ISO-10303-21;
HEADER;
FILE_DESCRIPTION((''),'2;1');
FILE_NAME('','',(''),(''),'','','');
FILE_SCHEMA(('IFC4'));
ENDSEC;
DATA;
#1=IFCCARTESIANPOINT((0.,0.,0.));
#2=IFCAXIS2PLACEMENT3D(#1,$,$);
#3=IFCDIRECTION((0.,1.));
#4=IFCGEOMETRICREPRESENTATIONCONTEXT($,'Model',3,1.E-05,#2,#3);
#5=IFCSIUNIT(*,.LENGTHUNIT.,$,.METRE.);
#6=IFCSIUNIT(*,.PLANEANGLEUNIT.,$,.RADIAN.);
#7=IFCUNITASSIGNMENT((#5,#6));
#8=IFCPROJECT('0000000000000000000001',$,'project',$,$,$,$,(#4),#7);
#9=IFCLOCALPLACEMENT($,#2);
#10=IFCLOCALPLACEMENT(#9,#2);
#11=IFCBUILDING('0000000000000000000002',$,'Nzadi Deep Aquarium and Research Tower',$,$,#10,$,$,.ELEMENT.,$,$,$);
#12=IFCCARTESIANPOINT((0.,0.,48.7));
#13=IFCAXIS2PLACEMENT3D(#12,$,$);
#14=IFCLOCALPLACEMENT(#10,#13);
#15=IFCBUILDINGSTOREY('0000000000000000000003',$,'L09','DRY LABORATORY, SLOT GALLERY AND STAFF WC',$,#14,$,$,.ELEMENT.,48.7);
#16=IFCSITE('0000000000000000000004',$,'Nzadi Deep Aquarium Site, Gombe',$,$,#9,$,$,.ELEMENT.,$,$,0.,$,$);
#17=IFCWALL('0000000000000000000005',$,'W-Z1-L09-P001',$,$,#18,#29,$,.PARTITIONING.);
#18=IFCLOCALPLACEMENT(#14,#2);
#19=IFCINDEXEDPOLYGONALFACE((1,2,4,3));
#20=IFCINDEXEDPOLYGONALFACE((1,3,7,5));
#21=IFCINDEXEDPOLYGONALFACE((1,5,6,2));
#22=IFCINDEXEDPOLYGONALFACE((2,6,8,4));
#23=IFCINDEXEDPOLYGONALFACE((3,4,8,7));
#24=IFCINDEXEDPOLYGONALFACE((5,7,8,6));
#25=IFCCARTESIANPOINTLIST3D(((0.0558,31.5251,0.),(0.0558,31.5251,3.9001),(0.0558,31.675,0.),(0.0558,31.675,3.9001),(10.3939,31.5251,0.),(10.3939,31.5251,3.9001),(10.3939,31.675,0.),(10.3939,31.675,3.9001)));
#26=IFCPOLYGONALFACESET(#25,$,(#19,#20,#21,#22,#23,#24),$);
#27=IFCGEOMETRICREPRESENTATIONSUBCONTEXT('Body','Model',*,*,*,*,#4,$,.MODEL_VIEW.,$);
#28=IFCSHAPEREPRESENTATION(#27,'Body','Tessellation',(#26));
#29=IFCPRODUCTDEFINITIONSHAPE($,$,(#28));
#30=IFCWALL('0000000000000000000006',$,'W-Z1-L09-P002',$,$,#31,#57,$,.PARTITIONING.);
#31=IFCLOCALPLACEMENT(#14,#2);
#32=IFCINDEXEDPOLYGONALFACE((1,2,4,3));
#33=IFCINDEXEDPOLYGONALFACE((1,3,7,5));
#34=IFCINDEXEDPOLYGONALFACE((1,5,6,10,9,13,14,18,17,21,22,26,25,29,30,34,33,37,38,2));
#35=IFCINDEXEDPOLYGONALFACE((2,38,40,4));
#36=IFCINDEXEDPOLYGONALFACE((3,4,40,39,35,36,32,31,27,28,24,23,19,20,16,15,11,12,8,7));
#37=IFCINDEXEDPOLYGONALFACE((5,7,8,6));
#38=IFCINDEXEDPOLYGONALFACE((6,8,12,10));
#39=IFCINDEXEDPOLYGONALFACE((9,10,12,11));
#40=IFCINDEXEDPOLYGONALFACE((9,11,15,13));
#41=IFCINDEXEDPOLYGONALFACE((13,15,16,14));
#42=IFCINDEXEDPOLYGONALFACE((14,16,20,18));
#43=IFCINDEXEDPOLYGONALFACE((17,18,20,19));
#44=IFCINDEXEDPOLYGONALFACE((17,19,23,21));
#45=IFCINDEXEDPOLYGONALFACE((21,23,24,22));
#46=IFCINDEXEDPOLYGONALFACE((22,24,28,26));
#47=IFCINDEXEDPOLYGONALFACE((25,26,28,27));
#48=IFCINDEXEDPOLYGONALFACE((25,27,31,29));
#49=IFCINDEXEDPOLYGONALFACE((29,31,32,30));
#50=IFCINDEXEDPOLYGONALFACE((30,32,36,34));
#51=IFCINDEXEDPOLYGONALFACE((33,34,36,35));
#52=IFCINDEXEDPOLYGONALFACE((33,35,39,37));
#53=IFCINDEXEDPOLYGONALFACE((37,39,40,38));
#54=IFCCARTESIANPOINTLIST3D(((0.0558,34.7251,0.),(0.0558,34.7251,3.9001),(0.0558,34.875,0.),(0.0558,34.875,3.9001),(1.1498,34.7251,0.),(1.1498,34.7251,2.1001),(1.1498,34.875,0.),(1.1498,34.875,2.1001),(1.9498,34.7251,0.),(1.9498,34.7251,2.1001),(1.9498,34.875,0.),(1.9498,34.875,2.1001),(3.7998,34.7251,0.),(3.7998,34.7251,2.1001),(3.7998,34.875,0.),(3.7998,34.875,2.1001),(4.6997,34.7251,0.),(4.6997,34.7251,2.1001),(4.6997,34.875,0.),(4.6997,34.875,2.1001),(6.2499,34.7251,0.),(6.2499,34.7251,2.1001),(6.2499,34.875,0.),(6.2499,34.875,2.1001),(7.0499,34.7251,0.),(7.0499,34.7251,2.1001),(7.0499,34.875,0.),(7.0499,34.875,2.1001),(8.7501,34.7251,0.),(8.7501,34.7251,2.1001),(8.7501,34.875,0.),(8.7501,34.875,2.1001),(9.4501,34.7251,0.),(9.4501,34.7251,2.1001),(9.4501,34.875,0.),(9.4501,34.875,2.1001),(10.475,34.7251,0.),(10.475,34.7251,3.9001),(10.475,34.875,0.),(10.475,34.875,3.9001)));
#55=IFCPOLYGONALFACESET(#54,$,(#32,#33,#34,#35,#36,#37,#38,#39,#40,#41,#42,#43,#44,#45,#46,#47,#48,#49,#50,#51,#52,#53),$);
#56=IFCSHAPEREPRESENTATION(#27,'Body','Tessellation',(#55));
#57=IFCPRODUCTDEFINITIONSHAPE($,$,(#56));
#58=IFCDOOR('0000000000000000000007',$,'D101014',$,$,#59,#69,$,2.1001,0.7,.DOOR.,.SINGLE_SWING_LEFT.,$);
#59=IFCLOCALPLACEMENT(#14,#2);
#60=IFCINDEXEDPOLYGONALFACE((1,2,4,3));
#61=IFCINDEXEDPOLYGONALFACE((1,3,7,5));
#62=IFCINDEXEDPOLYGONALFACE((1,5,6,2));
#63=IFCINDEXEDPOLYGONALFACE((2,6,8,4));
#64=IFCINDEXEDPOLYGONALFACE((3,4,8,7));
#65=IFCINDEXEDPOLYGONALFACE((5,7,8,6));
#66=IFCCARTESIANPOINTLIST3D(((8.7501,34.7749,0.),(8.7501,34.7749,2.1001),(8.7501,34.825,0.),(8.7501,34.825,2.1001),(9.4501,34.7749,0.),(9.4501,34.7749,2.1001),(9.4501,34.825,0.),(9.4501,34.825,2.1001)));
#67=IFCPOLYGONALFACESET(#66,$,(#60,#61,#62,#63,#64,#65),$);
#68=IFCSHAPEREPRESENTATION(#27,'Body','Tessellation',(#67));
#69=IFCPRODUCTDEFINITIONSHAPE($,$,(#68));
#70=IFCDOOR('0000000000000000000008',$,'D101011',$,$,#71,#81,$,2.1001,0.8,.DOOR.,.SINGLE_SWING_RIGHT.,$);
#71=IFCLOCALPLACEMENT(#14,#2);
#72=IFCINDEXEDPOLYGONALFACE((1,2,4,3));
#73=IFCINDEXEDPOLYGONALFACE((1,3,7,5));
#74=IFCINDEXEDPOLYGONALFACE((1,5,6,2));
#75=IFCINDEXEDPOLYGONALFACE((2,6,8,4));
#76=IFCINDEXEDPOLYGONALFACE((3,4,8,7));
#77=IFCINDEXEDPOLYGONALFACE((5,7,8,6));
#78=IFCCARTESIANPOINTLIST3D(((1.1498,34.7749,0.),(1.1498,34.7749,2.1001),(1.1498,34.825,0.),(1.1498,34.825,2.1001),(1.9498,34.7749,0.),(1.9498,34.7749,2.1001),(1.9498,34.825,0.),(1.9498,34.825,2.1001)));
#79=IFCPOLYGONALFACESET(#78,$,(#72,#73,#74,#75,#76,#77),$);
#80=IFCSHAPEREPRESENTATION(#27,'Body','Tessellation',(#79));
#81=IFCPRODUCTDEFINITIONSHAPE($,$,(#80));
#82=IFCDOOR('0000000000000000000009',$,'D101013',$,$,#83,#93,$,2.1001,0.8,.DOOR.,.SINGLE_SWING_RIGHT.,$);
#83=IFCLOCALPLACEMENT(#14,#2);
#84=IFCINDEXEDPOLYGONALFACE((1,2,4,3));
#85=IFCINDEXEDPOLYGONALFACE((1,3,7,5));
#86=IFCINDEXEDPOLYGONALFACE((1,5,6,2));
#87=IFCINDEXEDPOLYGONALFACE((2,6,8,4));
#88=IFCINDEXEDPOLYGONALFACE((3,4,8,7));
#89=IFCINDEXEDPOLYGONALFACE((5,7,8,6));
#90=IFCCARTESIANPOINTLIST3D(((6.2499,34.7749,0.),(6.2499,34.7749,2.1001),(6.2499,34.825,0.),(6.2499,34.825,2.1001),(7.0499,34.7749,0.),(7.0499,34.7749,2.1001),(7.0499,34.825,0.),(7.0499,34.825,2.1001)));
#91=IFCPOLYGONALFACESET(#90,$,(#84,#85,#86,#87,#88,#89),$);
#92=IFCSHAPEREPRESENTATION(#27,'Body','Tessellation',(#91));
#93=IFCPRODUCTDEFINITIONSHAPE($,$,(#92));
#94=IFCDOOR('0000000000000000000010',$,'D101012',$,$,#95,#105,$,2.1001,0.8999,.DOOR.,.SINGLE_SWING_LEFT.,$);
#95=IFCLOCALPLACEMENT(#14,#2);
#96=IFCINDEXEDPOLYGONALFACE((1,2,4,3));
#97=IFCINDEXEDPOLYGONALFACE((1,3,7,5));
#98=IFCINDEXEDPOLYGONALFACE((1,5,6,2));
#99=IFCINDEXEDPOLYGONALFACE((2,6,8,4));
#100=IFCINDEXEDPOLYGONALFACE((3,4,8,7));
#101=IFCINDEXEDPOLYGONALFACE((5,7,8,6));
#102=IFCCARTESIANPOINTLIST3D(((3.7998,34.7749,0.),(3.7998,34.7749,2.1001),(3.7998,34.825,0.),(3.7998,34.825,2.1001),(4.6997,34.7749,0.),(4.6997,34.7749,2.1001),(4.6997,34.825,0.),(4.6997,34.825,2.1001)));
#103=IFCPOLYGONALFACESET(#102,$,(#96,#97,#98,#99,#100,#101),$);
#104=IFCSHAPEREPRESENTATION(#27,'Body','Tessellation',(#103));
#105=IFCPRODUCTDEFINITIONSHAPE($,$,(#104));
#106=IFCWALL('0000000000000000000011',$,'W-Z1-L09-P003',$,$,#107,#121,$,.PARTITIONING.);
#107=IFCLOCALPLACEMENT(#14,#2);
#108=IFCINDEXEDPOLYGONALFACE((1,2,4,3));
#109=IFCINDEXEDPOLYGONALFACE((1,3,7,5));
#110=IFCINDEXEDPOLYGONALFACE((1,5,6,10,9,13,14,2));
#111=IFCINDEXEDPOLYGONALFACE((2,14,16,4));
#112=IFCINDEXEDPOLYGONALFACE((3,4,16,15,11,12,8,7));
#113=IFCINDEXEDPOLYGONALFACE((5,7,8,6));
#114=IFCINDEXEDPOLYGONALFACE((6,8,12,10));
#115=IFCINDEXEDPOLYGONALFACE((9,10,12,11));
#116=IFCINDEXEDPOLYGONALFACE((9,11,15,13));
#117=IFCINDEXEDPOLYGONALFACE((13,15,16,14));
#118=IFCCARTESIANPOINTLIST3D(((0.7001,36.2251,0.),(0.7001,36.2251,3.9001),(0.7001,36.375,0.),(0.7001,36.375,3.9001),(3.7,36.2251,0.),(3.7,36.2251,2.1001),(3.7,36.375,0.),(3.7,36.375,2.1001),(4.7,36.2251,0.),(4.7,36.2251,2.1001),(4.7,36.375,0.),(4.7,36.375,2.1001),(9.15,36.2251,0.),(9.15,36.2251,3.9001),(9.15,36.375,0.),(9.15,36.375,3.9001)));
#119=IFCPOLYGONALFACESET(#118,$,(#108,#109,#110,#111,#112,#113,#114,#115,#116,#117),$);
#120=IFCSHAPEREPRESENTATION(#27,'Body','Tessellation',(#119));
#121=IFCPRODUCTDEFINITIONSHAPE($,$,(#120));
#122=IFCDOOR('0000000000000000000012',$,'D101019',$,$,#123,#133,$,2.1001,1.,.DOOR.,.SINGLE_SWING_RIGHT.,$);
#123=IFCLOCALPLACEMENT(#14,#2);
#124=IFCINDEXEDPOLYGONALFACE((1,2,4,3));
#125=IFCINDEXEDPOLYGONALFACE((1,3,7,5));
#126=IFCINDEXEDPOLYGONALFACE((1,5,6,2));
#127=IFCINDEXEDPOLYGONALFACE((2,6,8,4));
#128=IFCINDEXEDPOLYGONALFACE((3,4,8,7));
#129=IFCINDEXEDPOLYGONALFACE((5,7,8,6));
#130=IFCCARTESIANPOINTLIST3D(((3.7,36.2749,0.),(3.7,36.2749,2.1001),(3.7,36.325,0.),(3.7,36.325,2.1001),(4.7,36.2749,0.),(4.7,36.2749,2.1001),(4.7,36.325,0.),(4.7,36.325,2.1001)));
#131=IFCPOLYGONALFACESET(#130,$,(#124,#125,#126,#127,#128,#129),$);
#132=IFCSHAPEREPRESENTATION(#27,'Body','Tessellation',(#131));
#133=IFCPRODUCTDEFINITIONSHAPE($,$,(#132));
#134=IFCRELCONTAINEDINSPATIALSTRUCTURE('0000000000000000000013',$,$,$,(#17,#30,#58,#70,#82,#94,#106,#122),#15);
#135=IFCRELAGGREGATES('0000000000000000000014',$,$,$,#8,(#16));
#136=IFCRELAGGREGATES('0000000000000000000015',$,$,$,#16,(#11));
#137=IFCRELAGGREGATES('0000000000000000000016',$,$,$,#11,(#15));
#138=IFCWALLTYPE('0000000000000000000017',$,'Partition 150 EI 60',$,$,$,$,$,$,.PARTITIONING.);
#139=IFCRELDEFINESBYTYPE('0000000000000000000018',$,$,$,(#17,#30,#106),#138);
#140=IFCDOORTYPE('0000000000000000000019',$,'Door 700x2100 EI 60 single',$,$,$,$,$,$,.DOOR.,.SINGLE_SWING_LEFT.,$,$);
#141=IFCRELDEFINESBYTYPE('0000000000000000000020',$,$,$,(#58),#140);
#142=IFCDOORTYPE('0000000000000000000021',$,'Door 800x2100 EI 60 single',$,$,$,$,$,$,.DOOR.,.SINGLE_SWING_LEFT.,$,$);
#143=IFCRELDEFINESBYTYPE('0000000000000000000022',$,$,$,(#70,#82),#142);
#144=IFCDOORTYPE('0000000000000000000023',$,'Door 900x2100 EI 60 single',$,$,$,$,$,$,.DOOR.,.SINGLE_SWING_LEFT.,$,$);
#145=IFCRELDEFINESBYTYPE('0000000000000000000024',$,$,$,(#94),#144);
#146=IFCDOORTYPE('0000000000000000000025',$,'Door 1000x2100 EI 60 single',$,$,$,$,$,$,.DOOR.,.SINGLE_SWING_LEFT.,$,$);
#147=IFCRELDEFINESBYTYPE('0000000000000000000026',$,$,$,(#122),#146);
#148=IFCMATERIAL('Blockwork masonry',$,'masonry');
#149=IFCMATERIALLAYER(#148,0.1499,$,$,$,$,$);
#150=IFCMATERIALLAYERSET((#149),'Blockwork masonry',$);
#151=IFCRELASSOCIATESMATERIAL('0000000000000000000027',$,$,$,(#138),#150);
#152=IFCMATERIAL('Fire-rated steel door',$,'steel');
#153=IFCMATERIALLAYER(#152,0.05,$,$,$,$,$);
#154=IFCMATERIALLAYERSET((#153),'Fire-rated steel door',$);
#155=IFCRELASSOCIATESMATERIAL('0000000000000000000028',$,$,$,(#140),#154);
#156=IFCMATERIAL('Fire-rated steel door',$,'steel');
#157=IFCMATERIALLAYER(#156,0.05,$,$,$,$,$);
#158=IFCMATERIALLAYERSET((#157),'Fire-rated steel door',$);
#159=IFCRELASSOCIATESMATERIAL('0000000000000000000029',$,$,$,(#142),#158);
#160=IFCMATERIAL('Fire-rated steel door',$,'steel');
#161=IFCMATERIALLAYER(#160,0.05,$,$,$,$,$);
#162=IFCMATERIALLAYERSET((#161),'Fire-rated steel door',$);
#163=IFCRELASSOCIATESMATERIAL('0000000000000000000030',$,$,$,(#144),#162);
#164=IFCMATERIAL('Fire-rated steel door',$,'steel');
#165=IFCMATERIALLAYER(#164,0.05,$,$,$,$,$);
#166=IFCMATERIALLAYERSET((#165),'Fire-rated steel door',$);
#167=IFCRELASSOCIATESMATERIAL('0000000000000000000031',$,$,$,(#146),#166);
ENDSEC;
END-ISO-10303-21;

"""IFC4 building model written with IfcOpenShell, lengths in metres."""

from ifc_helpers import new_model, si_unit, direction, frame, frame_2d, origin, place, context, subcontext, project, spatial, rectangle, extrude, material, layer, layer_set, type_object, element, fill, save


model = new_model("IFC4")

# Units and contexts
model_context = context("Model", 3, precision=1e-05, world=origin(), true_north=direction((0.0, 1.0)))
body_context = subcontext(model_context, "Body", "Model", "MODEL_VIEW")
ifc_project = project(units=[si_unit("LENGTHUNIT", "METRE"), si_unit("PLANEANGLEUNIT", "RADIAN")], contexts=[model_context])

# Site, building, storey
site_placement = place(None, origin())
site = spatial("IfcSite", under=ifc_project, at=site_placement, Name="Nzadi Deep Aquarium Site, Gombe", CompositionType="ELEMENT", RefElevation=0.0)
building_placement = place(site_placement, origin())
building = spatial("IfcBuilding", under=site, at=building_placement, Name="Nzadi Deep Aquarium and Research Tower", CompositionType="ELEMENT")
storey_placement = place(building_placement, frame((0.0, 0.0, 48.7)))
storey = spatial("IfcBuildingStorey", under=building, at=storey_placement, Name="L09", Description="DRY LABORATORY, SLOT GALLERY AND STAFF WC", CompositionType="ELEMENT", Elevation=48.7)

# Wall
ifc_material_1 = material(Name="Blockwork masonry", Category="masonry")
ifc_layer_1 = layer(ifc_material_1, 0.1499)
ifc_layer_set_1 = layer_set([ifc_layer_1], Name="Blockwork masonry")
wall_type_1 = type_object("IfcWallType", Name="Partition 150 EI 60", PredefinedType="PARTITIONING", material=ifc_layer_set_1)
wall_1_placement = place(storey_placement, frame((0.0559, 31.6001, 0.0), z_axis=(0.0, 0.0, 1.0), x_axis=(1.0, 0.0, 0.0)))
element("IfcWall", 1, at=wall_1_placement, inside=storey, type_object=wall_type_1, Name="W-Z1-L09-P001", PredefinedType="PARTITIONING", context=body_context, shape_type="SweptSolid", body=[
    extrude(rectangle(XDim=10.3381, YDim=0.1499, at=frame_2d((5.1689, 0.0))), origin(), (0.0, 0.0, 1.0), 3.9001),
])

# Wall, openings, doors
wall_2_placement = place(storey_placement, frame((0.0559, 34.8, 0.0), z_axis=(0.0, 0.0, 1.0), x_axis=(1.0, 0.0, 0.0)))
wall_2 = element("IfcWall", 2, at=wall_2_placement, inside=storey, type_object=wall_type_1, Name="W-Z1-L09-P002", PredefinedType="PARTITIONING", context=body_context, shape_type="SweptSolid", body=[
    extrude(rectangle(XDim=10.4192, YDim=0.1499, at=frame_2d((5.2095, 0.0))), origin(), (0.0, 0.0, 1.0), 3.9001),
])
opening_1_placement = place(wall_2_placement, frame((1.094, 0.0, 0.0)))
opening_1 = element("IfcOpeningElement", 3, at=opening_1_placement, cuts=wall_2, PredefinedType="OPENING", context=body_context, shape_type="SweptSolid", body=[
    extrude(rectangle(XDim=0.8, YDim=2.1001, at=frame_2d((0.3999, 1.05))), frame((0.0, 0.085, 0.0), z_axis=(0.0, -1.0, 0.0), x_axis=(1.0, 0.0, 0.0)), (0.0, 0.0, 1.0), 0.1699),
])
opening_2_placement = place(wall_2_placement, frame((3.7439, 0.0, 0.0)))
opening_2 = element("IfcOpeningElement", 4, at=opening_2_placement, cuts=wall_2, PredefinedType="OPENING", context=body_context, shape_type="SweptSolid", body=[
    extrude(rectangle(XDim=0.8999, YDim=2.1001, at=frame_2d((0.45, 1.05))), frame((0.0, 0.085, 0.0), z_axis=(0.0, -1.0, 0.0), x_axis=(1.0, 0.0, 0.0)), (0.0, 0.0, 1.0), 0.1699),
])
opening_3_placement = place(wall_2_placement, frame((6.1941, 0.0, 0.0)))
opening_3 = element("IfcOpeningElement", 5, at=opening_3_placement, cuts=wall_2, PredefinedType="OPENING", context=body_context, shape_type="SweptSolid", body=[
    extrude(rectangle(XDim=0.8, YDim=2.1001, at=frame_2d((0.3999, 1.05))), frame((0.0, 0.085, 0.0), z_axis=(0.0, -1.0, 0.0), x_axis=(1.0, 0.0, 0.0)), (0.0, 0.0, 1.0), 0.1699),
])
opening_4_placement = place(wall_2_placement, frame((8.6941, 0.0, 0.0)))
opening_4 = element("IfcOpeningElement", 6, at=opening_4_placement, cuts=wall_2, PredefinedType="OPENING", context=body_context, shape_type="SweptSolid", body=[
    extrude(rectangle(XDim=0.7, YDim=2.1001, at=frame_2d((0.3501, 1.05))), frame((0.0, 0.085, 0.0), z_axis=(0.0, -1.0, 0.0), x_axis=(1.0, 0.0, 0.0)), (0.0, 0.0, 1.0), 0.1699),
])
ifc_material_2 = material(Name="Fire-rated steel door", Category="steel")
ifc_layer_2 = layer(ifc_material_2, 0.05)
ifc_layer_set_2 = layer_set([ifc_layer_2], Name="Fire-rated steel door")
door_type_1 = type_object("IfcDoorType", Name="Door 700x2100 EI 60 single", OperationType="SINGLE_SWING_LEFT", PredefinedType="DOOR", material=ifc_layer_set_2)
door_1_placement = place(opening_4_placement, origin())
door_1 = element("IfcDoor", 7, at=door_1_placement, inside=storey, type_object=door_type_1, Name="D101014", OperationType="SINGLE_SWING_LEFT", OverallHeight=2.1001, OverallWidth=0.7, PredefinedType="DOOR", context=body_context, shape_type="SweptSolid", body=[
    extrude(rectangle(XDim=0.7, YDim=2.1001, at=frame_2d((0.3501, 1.05))), frame((0.0, 0.0249, 0.0), z_axis=(0.0, -1.0, 0.0), x_axis=(1.0, 0.0, 0.0)), (0.0, 0.0, 1.0), 0.05),
])
fill(opening_4, door_1)
ifc_material_3 = material(Name="Fire-rated steel door", Category="steel")
ifc_layer_3 = layer(ifc_material_3, 0.05)
ifc_layer_set_3 = layer_set([ifc_layer_3], Name="Fire-rated steel door")
door_type_2 = type_object("IfcDoorType", Name="Door 800x2100 EI 60 single", OperationType="SINGLE_SWING_LEFT", PredefinedType="DOOR", material=ifc_layer_set_3)
door_2_placement = place(opening_1_placement, origin())
door_2 = element("IfcDoor", 8, at=door_2_placement, inside=storey, type_object=door_type_2, Name="D101011", OperationType="SINGLE_SWING_RIGHT", OverallHeight=2.1001, OverallWidth=0.8, PredefinedType="DOOR", context=body_context, shape_type="SweptSolid", body=[
    extrude(rectangle(XDim=0.8, YDim=2.1001, at=frame_2d((0.3999, 1.05))), frame((0.0, 0.0249, 0.0), z_axis=(0.0, -1.0, 0.0), x_axis=(1.0, 0.0, 0.0)), (0.0, 0.0, 1.0), 0.05),
])
fill(opening_1, door_2)
door_3_placement = place(opening_3_placement, origin())
door_3 = element("IfcDoor", 9, at=door_3_placement, inside=storey, type_object=door_type_2, Name="D101013", OperationType="SINGLE_SWING_RIGHT", OverallHeight=2.1001, OverallWidth=0.8, PredefinedType="DOOR", context=body_context, shape_type="SweptSolid", body=[
    extrude(rectangle(XDim=0.8, YDim=2.1001, at=frame_2d((0.3999, 1.05))), frame((0.0, 0.0249, 0.0), z_axis=(0.0, -1.0, 0.0), x_axis=(1.0, 0.0, 0.0)), (0.0, 0.0, 1.0), 0.05),
])
fill(opening_3, door_3)
ifc_material_4 = material(Name="Fire-rated steel door", Category="steel")
ifc_layer_4 = layer(ifc_material_4, 0.05)
ifc_layer_set_4 = layer_set([ifc_layer_4], Name="Fire-rated steel door")
door_type_3 = type_object("IfcDoorType", Name="Door 900x2100 EI 60 single", OperationType="SINGLE_SWING_LEFT", PredefinedType="DOOR", material=ifc_layer_set_4)
door_4_placement = place(opening_2_placement, origin())
door_4 = element("IfcDoor", 10, at=door_4_placement, inside=storey, type_object=door_type_3, Name="D101012", OperationType="SINGLE_SWING_LEFT", OverallHeight=2.1001, OverallWidth=0.8999, PredefinedType="DOOR", context=body_context, shape_type="SweptSolid", body=[
    extrude(rectangle(XDim=0.8999, YDim=2.1001, at=frame_2d((0.45, 1.05))), frame((0.0, 0.0249, 0.0), z_axis=(0.0, -1.0, 0.0), x_axis=(1.0, 0.0, 0.0)), (0.0, 0.0, 1.0), 0.05),
])
fill(opening_2, door_4)

# Wall, opening, door
wall_3_placement = place(storey_placement, frame((0.7, 36.3, 0.0), z_axis=(0.0, 0.0, 1.0), x_axis=(1.0, 0.0, 0.0)))
wall_3 = element("IfcWall", 11, at=wall_3_placement, inside=storey, type_object=wall_type_1, Name="W-Z1-L09-P003", PredefinedType="PARTITIONING", context=body_context, shape_type="SweptSolid", body=[
    extrude(rectangle(XDim=8.45, YDim=0.1499, at=frame_2d((4.2251, 0.0))), origin(), (0.0, 0.0, 1.0), 3.9001),
])
opening_5_placement = place(wall_3_placement, frame((3.0, 0.0, 0.0)))
opening_5 = element("IfcOpeningElement", 12, at=opening_5_placement, cuts=wall_3, PredefinedType="OPENING", context=body_context, shape_type="SweptSolid", body=[
    extrude(rectangle(XDim=1.0, YDim=2.1001, at=frame_2d((0.5, 1.05))), frame((0.0, 0.085, 0.0), z_axis=(0.0, -1.0, 0.0), x_axis=(1.0, 0.0, 0.0)), (0.0, 0.0, 1.0), 0.1699),
])
ifc_material_5 = material(Name="Fire-rated steel door", Category="steel")
ifc_layer_5 = layer(ifc_material_5, 0.05)
ifc_layer_set_5 = layer_set([ifc_layer_5], Name="Fire-rated steel door")
door_type_4 = type_object("IfcDoorType", Name="Door 1000x2100 EI 60 single", OperationType="SINGLE_SWING_LEFT", PredefinedType="DOOR", material=ifc_layer_set_5)
door_5_placement = place(opening_5_placement, origin())
door_5 = element("IfcDoor", 13, at=door_5_placement, inside=storey, type_object=door_type_4, Name="D101019", OperationType="SINGLE_SWING_RIGHT", OverallHeight=2.1001, OverallWidth=1.0, PredefinedType="DOOR", context=body_context, shape_type="SweptSolid", body=[
    extrude(rectangle(XDim=1.0, YDim=2.1001, at=frame_2d((0.5, 1.05))), frame((0.0, 0.0249, 0.0), z_axis=(0.0, -1.0, 0.0), x_axis=(1.0, 0.0, 0.0)), (0.0, 0.0, 1.0), 0.05),
])
fill(opening_5, door_5)

save(model, "model.ifc")
